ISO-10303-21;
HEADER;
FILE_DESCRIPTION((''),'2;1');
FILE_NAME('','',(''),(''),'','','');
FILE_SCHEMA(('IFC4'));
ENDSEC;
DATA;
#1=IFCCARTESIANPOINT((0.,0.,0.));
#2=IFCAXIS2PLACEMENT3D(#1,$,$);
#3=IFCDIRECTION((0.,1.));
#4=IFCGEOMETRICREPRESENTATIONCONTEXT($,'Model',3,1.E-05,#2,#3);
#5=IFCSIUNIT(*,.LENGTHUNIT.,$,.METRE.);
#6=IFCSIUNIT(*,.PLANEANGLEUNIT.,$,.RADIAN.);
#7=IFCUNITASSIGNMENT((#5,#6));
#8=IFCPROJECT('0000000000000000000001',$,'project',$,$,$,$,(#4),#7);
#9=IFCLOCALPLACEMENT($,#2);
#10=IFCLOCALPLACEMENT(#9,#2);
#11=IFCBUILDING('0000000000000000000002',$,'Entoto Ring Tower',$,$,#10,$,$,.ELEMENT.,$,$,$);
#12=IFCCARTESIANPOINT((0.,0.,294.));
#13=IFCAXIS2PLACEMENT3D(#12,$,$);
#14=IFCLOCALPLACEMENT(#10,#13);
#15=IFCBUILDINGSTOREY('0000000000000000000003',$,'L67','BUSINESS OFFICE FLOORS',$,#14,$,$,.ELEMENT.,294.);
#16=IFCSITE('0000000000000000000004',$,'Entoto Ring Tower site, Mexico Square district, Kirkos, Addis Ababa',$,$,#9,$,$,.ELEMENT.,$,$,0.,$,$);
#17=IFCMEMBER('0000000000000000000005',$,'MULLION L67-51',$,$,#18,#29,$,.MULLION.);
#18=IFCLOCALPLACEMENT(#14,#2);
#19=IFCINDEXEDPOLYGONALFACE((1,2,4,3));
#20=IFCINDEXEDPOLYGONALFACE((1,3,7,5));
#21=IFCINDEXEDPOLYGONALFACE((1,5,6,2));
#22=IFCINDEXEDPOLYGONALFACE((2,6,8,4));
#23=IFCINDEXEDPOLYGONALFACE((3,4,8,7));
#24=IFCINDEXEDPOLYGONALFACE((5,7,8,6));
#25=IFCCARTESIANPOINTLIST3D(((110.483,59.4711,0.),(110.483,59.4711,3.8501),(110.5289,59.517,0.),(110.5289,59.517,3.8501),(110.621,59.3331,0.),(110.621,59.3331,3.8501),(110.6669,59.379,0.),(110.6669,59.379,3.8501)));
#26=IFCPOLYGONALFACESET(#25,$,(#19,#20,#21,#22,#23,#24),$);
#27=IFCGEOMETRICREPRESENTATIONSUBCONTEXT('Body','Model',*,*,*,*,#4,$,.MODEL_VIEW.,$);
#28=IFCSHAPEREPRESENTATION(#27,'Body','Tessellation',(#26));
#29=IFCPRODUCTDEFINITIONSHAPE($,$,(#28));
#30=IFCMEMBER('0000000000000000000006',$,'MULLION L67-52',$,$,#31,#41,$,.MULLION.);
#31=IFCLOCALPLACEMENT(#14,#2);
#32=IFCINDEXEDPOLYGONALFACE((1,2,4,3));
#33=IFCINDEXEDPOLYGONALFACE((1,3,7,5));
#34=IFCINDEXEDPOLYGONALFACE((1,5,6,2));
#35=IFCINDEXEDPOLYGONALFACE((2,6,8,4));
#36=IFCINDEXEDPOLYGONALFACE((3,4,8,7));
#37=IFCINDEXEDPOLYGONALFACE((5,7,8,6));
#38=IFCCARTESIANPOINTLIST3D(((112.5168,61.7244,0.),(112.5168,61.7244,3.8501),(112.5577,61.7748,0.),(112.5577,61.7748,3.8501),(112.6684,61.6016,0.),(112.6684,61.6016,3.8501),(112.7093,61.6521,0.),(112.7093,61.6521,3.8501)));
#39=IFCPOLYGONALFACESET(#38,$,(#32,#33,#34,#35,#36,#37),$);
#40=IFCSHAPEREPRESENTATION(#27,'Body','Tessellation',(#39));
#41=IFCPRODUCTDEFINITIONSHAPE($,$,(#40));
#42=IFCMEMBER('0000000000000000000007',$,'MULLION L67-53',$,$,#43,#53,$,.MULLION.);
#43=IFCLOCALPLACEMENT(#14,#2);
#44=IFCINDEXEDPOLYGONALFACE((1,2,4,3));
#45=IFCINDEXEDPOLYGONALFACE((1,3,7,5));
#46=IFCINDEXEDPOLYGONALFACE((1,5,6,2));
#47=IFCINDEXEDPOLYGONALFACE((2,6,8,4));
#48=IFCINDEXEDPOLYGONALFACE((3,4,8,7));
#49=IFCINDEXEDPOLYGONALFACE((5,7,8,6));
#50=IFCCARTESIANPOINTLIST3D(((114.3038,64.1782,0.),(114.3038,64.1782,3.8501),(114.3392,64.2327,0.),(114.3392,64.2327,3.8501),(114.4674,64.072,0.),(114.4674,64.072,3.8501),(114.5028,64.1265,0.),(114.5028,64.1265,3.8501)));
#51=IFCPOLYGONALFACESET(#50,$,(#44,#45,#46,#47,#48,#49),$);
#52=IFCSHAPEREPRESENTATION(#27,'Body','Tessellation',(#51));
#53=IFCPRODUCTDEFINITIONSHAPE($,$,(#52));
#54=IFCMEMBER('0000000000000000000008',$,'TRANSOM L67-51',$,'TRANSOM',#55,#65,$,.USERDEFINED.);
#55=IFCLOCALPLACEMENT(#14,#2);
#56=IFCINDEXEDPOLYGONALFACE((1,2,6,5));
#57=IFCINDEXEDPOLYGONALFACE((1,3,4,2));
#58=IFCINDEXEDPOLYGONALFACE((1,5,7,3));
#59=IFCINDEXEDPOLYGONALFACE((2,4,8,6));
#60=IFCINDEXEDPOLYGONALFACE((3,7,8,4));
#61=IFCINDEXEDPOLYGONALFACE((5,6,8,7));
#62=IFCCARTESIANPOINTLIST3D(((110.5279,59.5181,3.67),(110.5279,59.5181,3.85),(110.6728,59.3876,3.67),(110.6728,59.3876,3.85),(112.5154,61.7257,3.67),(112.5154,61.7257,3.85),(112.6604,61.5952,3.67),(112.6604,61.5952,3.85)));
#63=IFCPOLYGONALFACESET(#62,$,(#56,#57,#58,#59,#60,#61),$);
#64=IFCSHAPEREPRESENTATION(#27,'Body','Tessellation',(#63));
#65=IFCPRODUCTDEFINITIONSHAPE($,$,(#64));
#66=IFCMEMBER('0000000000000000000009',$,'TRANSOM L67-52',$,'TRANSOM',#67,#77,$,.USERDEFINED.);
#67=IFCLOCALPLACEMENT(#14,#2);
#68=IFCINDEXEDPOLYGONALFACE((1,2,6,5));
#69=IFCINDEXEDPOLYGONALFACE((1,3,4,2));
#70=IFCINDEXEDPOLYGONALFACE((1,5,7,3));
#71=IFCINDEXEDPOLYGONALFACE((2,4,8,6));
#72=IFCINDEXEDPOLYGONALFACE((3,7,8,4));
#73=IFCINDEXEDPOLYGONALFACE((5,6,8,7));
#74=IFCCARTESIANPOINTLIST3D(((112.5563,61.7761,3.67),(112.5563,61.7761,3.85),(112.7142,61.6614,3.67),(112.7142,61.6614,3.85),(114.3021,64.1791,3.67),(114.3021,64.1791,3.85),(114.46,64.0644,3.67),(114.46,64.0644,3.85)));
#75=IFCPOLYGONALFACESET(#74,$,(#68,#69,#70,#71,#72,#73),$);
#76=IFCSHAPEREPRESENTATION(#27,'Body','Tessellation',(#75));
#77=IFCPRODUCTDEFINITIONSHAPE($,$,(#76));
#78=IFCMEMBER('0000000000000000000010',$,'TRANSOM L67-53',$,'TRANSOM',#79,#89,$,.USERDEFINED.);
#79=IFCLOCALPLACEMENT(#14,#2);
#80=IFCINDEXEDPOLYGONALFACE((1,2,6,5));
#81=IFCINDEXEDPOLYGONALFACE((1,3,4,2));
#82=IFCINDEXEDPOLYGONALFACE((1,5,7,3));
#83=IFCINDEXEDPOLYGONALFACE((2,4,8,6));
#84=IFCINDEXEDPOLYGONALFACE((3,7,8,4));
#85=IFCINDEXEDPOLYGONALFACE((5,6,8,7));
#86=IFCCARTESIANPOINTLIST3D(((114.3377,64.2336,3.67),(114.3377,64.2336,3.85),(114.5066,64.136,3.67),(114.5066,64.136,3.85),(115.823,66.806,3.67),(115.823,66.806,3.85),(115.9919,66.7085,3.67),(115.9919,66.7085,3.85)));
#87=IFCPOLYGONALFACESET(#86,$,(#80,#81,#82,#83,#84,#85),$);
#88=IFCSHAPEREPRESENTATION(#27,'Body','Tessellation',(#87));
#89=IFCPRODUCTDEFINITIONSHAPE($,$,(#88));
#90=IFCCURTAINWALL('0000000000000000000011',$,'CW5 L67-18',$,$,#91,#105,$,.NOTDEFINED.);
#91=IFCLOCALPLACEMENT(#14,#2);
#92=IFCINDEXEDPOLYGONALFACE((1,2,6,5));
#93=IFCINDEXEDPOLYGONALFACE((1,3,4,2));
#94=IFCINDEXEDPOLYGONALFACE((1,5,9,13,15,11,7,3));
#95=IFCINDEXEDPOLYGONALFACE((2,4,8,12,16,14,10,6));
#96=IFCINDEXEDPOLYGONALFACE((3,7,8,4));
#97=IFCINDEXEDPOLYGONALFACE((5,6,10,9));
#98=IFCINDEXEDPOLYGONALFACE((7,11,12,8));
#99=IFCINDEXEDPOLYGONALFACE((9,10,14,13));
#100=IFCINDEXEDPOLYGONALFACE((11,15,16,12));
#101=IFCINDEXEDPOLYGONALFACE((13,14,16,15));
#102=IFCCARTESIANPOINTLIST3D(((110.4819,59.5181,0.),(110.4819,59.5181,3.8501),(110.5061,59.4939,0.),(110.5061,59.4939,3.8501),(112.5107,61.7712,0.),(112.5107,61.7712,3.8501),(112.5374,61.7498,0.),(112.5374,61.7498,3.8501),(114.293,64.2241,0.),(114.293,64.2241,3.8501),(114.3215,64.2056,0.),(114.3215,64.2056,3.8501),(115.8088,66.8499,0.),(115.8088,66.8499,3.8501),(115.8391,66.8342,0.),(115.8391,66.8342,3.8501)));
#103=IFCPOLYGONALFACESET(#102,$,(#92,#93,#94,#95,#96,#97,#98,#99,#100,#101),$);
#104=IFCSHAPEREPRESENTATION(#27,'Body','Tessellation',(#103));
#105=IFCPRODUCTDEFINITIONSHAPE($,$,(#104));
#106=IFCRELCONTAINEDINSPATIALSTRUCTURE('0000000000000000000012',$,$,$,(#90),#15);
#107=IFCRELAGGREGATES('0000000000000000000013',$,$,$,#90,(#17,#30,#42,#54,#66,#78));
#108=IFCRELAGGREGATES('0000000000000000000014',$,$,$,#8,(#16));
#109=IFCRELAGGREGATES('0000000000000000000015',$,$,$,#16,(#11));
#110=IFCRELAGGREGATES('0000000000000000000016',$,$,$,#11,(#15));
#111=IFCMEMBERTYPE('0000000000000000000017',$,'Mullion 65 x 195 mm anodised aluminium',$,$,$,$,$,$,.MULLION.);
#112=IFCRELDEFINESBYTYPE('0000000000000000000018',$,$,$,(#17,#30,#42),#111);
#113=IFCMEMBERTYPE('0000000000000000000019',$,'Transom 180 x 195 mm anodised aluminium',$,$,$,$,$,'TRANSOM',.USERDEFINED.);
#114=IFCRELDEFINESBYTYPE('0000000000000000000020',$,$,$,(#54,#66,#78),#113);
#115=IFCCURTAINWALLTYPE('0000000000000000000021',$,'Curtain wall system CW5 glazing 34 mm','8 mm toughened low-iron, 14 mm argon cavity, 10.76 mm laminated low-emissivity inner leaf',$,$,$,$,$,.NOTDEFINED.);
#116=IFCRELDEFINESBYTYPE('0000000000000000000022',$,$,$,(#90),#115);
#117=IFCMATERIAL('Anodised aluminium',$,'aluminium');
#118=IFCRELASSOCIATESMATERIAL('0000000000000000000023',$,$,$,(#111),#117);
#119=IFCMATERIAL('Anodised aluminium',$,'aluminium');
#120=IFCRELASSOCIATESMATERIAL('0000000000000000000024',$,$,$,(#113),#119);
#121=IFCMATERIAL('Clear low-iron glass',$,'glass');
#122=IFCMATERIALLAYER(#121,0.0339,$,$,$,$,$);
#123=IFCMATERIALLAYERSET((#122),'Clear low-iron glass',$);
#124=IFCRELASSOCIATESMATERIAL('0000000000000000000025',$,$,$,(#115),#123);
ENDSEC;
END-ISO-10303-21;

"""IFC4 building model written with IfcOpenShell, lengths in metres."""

from ifc_helpers import new_model, si_unit, direction, frame, origin, origin_2d, place, context, subcontext, project, spatial, polyline, rectangle, outline, extrude, material, layer, layer_set, material_profile, profile_set, type_object, element, aggregate, save


model = new_model("IFC4")

# Units and contexts
model_context = context("Model", 3, precision=1e-05, world=origin(), true_north=direction((0.0, 1.0)))
body_context = subcontext(model_context, "Body", "Model", "MODEL_VIEW")
ifc_project = project(units=[si_unit("LENGTHUNIT", "METRE"), si_unit("PLANEANGLEUNIT", "RADIAN")], contexts=[model_context])

# Members
ifc_material_1 = material(Name="Anodised aluminium", Category="aluminium")
ifc_material_profile_1 = material_profile(ifc_material_1, rectangle(XDim=0.0649, YDim=0.1951, at=origin_2d()), Name="Mullion 65 x 195 mm anodised aluminium")
ifc_profile_set_1 = profile_set([ifc_material_profile_1], Name="Anodised aluminium")
member_type_1 = type_object("IfcMemberType", Name="Mullion 65 x 195 mm anodised aluminium", PredefinedType="MULLION", material=ifc_profile_set_1)
site_placement = place(None, origin())
building_placement = place(site_placement, origin())
storey_placement = place(building_placement, frame((0.0, 0.0, 294.0)))
member_1_placement = place(storey_placement, frame((110.575, 59.425, 0.0), z_axis=(0.0, 0.0, 1.0), x_axis=(0.707107, 0.707107, 0.0)))
member_1 = element("IfcMember", 1, at=member_1_placement, type_object=member_type_1, Name="MULLION L67-51", PredefinedType="MULLION", context=body_context, shape_type="SweptSolid", body=[
    extrude(rectangle(XDim=0.0649, YDim=0.1951, at=origin_2d()), origin(), (0.0, 0.0, 1.0), 3.8501),
])
member_2_placement = place(storey_placement, frame((112.613, 61.6882, 0.0), z_axis=(0.0, 0.0, 1.0), x_axis=(0.62932, 0.777146, 0.0)))
member_2 = element("IfcMember", 2, at=member_2_placement, type_object=member_type_1, Name="MULLION L67-52", PredefinedType="MULLION", context=body_context, shape_type="SweptSolid", body=[
    extrude(rectangle(XDim=0.0649, YDim=0.1951, at=origin_2d()), origin(), (0.0, 0.0, 1.0), 3.8501),
])
member_3_placement = place(storey_placement, frame((114.4033, 64.1523, 0.0), z_axis=(0.0, 0.0, 1.0), x_axis=(0.544639, 0.838671, 0.0)))
member_3 = element("IfcMember", 3, at=member_3_placement, type_object=member_type_1, Name="MULLION L67-53", PredefinedType="MULLION", context=body_context, shape_type="SweptSolid", body=[
    extrude(rectangle(XDim=0.0649, YDim=0.1951, at=origin_2d()), origin(), (0.0, 0.0, 1.0), 3.8501),
])
ifc_material_2 = material(Name="Anodised aluminium", Category="aluminium")
ifc_material_profile_2 = material_profile(ifc_material_2, rectangle(XDim=0.1951, YDim=0.1799, at=origin_2d()), Name="Transom 180 x 195 mm anodised aluminium")
ifc_profile_set_2 = profile_set([ifc_material_profile_2], Name="Anodised aluminium")
member_type_2 = type_object("IfcMemberType", Name="Transom 180 x 195 mm anodised aluminium", ElementType="TRANSOM", PredefinedType="USERDEFINED", material=ifc_profile_set_2)
member_4_placement = place(storey_placement, frame((110.6003, 59.4529, 3.76), z_axis=(0.66911, 0.743163, 0.0), x_axis=(-0.743163, 0.66911, 0.0)))
member_4 = element("IfcMember", 4, at=member_4_placement, type_object=member_type_2, Name="TRANSOM L67-51", ObjectType="TRANSOM", PredefinedType="USERDEFINED", context=body_context, shape_type="SweptSolid", body=[
    extrude(rectangle(XDim=0.1951, YDim=0.1799, at=origin_2d()), origin(), (0.0, 0.0, 1.0), 2.9705),
])
member_5_placement = place(storey_placement, frame((112.6353, 61.7188, 3.76), z_axis=(0.587766, 0.809031, 0.0), x_axis=(-0.809031, 0.587766, 0.0)))
member_5 = element("IfcMember", 5, at=member_5_placement, type_object=member_type_2, Name="TRANSOM L67-52", ObjectType="TRANSOM", PredefinedType="USERDEFINED", context=body_context, shape_type="SweptSolid", body=[
    extrude(rectangle(XDim=0.1951, YDim=0.1799, at=origin_2d()), origin(), (0.0, 0.0, 1.0), 2.9702),
])
member_6_placement = place(storey_placement, frame((114.4221, 64.1848, 3.76), z_axis=(0.500028, 0.866009, 0.0), x_axis=(-0.866009, 0.500028, 0.0)))
member_6 = element("IfcMember", 6, at=member_6_placement, type_object=member_type_2, Name="TRANSOM L67-53", ObjectType="TRANSOM", PredefinedType="USERDEFINED", context=body_context, shape_type="SweptSolid", body=[
    extrude(rectangle(XDim=0.1951, YDim=0.1799, at=origin_2d()), origin(), (0.0, 0.0, 1.0), 2.9705),
])

# Site, building, storey
site = spatial("IfcSite", under=ifc_project, at=site_placement, Name="Entoto Ring Tower site, Mexico Square district, Kirkos, Addis Ababa", CompositionType="ELEMENT", RefElevation=0.0)
building = spatial("IfcBuilding", under=site, at=building_placement, Name="Entoto Ring Tower", CompositionType="ELEMENT")
storey = spatial("IfcBuildingStorey", under=building, at=storey_placement, Name="L67", Description="BUSINESS OFFICE FLOORS", CompositionType="ELEMENT", Elevation=294.0)

# Curtain wall
ifc_material_3 = material(Name="Clear low-iron glass", Category="glass")
ifc_layer_1 = layer(ifc_material_3, 0.0339)
ifc_layer_set_1 = layer_set([ifc_layer_1], Name="Clear low-iron glass")
curtain_wall_type = type_object("IfcCurtainWallType", Name="Curtain wall system CW5 glazing 34 mm", Description="8 mm toughened low-iron, 14 mm argon cavity, 10.76 mm laminated low-emissivity inner leaf", PredefinedType="NOTDEFINED", material=ifc_layer_set_1)
curtain_wall_1_placement = place(storey_placement, origin())
curtain_wall_1 = element("IfcCurtainWall", 7, at=curtain_wall_1_placement, inside=storey, type_object=curtain_wall_type, Name="CW5 L67-18", PredefinedType="NOTDEFINED", context=body_context, shape_type="SweptSolid", body=[
    extrude(outline(polyline([(110.5061, 59.4939), (112.5374, 61.7498), (114.3215, 64.2056), (115.8391, 66.8342), (115.8088, 66.8499), (114.293, 64.2241), (112.5107, 61.7712), (110.4819, 59.5181), (110.5061, 59.4939)])), origin(), (0.0, 0.0, 1.0), 3.8501),
])
aggregate(curtain_wall_1, [member_1, member_2, member_3, member_4, member_5, member_6])

save(model, "model.ifc")
